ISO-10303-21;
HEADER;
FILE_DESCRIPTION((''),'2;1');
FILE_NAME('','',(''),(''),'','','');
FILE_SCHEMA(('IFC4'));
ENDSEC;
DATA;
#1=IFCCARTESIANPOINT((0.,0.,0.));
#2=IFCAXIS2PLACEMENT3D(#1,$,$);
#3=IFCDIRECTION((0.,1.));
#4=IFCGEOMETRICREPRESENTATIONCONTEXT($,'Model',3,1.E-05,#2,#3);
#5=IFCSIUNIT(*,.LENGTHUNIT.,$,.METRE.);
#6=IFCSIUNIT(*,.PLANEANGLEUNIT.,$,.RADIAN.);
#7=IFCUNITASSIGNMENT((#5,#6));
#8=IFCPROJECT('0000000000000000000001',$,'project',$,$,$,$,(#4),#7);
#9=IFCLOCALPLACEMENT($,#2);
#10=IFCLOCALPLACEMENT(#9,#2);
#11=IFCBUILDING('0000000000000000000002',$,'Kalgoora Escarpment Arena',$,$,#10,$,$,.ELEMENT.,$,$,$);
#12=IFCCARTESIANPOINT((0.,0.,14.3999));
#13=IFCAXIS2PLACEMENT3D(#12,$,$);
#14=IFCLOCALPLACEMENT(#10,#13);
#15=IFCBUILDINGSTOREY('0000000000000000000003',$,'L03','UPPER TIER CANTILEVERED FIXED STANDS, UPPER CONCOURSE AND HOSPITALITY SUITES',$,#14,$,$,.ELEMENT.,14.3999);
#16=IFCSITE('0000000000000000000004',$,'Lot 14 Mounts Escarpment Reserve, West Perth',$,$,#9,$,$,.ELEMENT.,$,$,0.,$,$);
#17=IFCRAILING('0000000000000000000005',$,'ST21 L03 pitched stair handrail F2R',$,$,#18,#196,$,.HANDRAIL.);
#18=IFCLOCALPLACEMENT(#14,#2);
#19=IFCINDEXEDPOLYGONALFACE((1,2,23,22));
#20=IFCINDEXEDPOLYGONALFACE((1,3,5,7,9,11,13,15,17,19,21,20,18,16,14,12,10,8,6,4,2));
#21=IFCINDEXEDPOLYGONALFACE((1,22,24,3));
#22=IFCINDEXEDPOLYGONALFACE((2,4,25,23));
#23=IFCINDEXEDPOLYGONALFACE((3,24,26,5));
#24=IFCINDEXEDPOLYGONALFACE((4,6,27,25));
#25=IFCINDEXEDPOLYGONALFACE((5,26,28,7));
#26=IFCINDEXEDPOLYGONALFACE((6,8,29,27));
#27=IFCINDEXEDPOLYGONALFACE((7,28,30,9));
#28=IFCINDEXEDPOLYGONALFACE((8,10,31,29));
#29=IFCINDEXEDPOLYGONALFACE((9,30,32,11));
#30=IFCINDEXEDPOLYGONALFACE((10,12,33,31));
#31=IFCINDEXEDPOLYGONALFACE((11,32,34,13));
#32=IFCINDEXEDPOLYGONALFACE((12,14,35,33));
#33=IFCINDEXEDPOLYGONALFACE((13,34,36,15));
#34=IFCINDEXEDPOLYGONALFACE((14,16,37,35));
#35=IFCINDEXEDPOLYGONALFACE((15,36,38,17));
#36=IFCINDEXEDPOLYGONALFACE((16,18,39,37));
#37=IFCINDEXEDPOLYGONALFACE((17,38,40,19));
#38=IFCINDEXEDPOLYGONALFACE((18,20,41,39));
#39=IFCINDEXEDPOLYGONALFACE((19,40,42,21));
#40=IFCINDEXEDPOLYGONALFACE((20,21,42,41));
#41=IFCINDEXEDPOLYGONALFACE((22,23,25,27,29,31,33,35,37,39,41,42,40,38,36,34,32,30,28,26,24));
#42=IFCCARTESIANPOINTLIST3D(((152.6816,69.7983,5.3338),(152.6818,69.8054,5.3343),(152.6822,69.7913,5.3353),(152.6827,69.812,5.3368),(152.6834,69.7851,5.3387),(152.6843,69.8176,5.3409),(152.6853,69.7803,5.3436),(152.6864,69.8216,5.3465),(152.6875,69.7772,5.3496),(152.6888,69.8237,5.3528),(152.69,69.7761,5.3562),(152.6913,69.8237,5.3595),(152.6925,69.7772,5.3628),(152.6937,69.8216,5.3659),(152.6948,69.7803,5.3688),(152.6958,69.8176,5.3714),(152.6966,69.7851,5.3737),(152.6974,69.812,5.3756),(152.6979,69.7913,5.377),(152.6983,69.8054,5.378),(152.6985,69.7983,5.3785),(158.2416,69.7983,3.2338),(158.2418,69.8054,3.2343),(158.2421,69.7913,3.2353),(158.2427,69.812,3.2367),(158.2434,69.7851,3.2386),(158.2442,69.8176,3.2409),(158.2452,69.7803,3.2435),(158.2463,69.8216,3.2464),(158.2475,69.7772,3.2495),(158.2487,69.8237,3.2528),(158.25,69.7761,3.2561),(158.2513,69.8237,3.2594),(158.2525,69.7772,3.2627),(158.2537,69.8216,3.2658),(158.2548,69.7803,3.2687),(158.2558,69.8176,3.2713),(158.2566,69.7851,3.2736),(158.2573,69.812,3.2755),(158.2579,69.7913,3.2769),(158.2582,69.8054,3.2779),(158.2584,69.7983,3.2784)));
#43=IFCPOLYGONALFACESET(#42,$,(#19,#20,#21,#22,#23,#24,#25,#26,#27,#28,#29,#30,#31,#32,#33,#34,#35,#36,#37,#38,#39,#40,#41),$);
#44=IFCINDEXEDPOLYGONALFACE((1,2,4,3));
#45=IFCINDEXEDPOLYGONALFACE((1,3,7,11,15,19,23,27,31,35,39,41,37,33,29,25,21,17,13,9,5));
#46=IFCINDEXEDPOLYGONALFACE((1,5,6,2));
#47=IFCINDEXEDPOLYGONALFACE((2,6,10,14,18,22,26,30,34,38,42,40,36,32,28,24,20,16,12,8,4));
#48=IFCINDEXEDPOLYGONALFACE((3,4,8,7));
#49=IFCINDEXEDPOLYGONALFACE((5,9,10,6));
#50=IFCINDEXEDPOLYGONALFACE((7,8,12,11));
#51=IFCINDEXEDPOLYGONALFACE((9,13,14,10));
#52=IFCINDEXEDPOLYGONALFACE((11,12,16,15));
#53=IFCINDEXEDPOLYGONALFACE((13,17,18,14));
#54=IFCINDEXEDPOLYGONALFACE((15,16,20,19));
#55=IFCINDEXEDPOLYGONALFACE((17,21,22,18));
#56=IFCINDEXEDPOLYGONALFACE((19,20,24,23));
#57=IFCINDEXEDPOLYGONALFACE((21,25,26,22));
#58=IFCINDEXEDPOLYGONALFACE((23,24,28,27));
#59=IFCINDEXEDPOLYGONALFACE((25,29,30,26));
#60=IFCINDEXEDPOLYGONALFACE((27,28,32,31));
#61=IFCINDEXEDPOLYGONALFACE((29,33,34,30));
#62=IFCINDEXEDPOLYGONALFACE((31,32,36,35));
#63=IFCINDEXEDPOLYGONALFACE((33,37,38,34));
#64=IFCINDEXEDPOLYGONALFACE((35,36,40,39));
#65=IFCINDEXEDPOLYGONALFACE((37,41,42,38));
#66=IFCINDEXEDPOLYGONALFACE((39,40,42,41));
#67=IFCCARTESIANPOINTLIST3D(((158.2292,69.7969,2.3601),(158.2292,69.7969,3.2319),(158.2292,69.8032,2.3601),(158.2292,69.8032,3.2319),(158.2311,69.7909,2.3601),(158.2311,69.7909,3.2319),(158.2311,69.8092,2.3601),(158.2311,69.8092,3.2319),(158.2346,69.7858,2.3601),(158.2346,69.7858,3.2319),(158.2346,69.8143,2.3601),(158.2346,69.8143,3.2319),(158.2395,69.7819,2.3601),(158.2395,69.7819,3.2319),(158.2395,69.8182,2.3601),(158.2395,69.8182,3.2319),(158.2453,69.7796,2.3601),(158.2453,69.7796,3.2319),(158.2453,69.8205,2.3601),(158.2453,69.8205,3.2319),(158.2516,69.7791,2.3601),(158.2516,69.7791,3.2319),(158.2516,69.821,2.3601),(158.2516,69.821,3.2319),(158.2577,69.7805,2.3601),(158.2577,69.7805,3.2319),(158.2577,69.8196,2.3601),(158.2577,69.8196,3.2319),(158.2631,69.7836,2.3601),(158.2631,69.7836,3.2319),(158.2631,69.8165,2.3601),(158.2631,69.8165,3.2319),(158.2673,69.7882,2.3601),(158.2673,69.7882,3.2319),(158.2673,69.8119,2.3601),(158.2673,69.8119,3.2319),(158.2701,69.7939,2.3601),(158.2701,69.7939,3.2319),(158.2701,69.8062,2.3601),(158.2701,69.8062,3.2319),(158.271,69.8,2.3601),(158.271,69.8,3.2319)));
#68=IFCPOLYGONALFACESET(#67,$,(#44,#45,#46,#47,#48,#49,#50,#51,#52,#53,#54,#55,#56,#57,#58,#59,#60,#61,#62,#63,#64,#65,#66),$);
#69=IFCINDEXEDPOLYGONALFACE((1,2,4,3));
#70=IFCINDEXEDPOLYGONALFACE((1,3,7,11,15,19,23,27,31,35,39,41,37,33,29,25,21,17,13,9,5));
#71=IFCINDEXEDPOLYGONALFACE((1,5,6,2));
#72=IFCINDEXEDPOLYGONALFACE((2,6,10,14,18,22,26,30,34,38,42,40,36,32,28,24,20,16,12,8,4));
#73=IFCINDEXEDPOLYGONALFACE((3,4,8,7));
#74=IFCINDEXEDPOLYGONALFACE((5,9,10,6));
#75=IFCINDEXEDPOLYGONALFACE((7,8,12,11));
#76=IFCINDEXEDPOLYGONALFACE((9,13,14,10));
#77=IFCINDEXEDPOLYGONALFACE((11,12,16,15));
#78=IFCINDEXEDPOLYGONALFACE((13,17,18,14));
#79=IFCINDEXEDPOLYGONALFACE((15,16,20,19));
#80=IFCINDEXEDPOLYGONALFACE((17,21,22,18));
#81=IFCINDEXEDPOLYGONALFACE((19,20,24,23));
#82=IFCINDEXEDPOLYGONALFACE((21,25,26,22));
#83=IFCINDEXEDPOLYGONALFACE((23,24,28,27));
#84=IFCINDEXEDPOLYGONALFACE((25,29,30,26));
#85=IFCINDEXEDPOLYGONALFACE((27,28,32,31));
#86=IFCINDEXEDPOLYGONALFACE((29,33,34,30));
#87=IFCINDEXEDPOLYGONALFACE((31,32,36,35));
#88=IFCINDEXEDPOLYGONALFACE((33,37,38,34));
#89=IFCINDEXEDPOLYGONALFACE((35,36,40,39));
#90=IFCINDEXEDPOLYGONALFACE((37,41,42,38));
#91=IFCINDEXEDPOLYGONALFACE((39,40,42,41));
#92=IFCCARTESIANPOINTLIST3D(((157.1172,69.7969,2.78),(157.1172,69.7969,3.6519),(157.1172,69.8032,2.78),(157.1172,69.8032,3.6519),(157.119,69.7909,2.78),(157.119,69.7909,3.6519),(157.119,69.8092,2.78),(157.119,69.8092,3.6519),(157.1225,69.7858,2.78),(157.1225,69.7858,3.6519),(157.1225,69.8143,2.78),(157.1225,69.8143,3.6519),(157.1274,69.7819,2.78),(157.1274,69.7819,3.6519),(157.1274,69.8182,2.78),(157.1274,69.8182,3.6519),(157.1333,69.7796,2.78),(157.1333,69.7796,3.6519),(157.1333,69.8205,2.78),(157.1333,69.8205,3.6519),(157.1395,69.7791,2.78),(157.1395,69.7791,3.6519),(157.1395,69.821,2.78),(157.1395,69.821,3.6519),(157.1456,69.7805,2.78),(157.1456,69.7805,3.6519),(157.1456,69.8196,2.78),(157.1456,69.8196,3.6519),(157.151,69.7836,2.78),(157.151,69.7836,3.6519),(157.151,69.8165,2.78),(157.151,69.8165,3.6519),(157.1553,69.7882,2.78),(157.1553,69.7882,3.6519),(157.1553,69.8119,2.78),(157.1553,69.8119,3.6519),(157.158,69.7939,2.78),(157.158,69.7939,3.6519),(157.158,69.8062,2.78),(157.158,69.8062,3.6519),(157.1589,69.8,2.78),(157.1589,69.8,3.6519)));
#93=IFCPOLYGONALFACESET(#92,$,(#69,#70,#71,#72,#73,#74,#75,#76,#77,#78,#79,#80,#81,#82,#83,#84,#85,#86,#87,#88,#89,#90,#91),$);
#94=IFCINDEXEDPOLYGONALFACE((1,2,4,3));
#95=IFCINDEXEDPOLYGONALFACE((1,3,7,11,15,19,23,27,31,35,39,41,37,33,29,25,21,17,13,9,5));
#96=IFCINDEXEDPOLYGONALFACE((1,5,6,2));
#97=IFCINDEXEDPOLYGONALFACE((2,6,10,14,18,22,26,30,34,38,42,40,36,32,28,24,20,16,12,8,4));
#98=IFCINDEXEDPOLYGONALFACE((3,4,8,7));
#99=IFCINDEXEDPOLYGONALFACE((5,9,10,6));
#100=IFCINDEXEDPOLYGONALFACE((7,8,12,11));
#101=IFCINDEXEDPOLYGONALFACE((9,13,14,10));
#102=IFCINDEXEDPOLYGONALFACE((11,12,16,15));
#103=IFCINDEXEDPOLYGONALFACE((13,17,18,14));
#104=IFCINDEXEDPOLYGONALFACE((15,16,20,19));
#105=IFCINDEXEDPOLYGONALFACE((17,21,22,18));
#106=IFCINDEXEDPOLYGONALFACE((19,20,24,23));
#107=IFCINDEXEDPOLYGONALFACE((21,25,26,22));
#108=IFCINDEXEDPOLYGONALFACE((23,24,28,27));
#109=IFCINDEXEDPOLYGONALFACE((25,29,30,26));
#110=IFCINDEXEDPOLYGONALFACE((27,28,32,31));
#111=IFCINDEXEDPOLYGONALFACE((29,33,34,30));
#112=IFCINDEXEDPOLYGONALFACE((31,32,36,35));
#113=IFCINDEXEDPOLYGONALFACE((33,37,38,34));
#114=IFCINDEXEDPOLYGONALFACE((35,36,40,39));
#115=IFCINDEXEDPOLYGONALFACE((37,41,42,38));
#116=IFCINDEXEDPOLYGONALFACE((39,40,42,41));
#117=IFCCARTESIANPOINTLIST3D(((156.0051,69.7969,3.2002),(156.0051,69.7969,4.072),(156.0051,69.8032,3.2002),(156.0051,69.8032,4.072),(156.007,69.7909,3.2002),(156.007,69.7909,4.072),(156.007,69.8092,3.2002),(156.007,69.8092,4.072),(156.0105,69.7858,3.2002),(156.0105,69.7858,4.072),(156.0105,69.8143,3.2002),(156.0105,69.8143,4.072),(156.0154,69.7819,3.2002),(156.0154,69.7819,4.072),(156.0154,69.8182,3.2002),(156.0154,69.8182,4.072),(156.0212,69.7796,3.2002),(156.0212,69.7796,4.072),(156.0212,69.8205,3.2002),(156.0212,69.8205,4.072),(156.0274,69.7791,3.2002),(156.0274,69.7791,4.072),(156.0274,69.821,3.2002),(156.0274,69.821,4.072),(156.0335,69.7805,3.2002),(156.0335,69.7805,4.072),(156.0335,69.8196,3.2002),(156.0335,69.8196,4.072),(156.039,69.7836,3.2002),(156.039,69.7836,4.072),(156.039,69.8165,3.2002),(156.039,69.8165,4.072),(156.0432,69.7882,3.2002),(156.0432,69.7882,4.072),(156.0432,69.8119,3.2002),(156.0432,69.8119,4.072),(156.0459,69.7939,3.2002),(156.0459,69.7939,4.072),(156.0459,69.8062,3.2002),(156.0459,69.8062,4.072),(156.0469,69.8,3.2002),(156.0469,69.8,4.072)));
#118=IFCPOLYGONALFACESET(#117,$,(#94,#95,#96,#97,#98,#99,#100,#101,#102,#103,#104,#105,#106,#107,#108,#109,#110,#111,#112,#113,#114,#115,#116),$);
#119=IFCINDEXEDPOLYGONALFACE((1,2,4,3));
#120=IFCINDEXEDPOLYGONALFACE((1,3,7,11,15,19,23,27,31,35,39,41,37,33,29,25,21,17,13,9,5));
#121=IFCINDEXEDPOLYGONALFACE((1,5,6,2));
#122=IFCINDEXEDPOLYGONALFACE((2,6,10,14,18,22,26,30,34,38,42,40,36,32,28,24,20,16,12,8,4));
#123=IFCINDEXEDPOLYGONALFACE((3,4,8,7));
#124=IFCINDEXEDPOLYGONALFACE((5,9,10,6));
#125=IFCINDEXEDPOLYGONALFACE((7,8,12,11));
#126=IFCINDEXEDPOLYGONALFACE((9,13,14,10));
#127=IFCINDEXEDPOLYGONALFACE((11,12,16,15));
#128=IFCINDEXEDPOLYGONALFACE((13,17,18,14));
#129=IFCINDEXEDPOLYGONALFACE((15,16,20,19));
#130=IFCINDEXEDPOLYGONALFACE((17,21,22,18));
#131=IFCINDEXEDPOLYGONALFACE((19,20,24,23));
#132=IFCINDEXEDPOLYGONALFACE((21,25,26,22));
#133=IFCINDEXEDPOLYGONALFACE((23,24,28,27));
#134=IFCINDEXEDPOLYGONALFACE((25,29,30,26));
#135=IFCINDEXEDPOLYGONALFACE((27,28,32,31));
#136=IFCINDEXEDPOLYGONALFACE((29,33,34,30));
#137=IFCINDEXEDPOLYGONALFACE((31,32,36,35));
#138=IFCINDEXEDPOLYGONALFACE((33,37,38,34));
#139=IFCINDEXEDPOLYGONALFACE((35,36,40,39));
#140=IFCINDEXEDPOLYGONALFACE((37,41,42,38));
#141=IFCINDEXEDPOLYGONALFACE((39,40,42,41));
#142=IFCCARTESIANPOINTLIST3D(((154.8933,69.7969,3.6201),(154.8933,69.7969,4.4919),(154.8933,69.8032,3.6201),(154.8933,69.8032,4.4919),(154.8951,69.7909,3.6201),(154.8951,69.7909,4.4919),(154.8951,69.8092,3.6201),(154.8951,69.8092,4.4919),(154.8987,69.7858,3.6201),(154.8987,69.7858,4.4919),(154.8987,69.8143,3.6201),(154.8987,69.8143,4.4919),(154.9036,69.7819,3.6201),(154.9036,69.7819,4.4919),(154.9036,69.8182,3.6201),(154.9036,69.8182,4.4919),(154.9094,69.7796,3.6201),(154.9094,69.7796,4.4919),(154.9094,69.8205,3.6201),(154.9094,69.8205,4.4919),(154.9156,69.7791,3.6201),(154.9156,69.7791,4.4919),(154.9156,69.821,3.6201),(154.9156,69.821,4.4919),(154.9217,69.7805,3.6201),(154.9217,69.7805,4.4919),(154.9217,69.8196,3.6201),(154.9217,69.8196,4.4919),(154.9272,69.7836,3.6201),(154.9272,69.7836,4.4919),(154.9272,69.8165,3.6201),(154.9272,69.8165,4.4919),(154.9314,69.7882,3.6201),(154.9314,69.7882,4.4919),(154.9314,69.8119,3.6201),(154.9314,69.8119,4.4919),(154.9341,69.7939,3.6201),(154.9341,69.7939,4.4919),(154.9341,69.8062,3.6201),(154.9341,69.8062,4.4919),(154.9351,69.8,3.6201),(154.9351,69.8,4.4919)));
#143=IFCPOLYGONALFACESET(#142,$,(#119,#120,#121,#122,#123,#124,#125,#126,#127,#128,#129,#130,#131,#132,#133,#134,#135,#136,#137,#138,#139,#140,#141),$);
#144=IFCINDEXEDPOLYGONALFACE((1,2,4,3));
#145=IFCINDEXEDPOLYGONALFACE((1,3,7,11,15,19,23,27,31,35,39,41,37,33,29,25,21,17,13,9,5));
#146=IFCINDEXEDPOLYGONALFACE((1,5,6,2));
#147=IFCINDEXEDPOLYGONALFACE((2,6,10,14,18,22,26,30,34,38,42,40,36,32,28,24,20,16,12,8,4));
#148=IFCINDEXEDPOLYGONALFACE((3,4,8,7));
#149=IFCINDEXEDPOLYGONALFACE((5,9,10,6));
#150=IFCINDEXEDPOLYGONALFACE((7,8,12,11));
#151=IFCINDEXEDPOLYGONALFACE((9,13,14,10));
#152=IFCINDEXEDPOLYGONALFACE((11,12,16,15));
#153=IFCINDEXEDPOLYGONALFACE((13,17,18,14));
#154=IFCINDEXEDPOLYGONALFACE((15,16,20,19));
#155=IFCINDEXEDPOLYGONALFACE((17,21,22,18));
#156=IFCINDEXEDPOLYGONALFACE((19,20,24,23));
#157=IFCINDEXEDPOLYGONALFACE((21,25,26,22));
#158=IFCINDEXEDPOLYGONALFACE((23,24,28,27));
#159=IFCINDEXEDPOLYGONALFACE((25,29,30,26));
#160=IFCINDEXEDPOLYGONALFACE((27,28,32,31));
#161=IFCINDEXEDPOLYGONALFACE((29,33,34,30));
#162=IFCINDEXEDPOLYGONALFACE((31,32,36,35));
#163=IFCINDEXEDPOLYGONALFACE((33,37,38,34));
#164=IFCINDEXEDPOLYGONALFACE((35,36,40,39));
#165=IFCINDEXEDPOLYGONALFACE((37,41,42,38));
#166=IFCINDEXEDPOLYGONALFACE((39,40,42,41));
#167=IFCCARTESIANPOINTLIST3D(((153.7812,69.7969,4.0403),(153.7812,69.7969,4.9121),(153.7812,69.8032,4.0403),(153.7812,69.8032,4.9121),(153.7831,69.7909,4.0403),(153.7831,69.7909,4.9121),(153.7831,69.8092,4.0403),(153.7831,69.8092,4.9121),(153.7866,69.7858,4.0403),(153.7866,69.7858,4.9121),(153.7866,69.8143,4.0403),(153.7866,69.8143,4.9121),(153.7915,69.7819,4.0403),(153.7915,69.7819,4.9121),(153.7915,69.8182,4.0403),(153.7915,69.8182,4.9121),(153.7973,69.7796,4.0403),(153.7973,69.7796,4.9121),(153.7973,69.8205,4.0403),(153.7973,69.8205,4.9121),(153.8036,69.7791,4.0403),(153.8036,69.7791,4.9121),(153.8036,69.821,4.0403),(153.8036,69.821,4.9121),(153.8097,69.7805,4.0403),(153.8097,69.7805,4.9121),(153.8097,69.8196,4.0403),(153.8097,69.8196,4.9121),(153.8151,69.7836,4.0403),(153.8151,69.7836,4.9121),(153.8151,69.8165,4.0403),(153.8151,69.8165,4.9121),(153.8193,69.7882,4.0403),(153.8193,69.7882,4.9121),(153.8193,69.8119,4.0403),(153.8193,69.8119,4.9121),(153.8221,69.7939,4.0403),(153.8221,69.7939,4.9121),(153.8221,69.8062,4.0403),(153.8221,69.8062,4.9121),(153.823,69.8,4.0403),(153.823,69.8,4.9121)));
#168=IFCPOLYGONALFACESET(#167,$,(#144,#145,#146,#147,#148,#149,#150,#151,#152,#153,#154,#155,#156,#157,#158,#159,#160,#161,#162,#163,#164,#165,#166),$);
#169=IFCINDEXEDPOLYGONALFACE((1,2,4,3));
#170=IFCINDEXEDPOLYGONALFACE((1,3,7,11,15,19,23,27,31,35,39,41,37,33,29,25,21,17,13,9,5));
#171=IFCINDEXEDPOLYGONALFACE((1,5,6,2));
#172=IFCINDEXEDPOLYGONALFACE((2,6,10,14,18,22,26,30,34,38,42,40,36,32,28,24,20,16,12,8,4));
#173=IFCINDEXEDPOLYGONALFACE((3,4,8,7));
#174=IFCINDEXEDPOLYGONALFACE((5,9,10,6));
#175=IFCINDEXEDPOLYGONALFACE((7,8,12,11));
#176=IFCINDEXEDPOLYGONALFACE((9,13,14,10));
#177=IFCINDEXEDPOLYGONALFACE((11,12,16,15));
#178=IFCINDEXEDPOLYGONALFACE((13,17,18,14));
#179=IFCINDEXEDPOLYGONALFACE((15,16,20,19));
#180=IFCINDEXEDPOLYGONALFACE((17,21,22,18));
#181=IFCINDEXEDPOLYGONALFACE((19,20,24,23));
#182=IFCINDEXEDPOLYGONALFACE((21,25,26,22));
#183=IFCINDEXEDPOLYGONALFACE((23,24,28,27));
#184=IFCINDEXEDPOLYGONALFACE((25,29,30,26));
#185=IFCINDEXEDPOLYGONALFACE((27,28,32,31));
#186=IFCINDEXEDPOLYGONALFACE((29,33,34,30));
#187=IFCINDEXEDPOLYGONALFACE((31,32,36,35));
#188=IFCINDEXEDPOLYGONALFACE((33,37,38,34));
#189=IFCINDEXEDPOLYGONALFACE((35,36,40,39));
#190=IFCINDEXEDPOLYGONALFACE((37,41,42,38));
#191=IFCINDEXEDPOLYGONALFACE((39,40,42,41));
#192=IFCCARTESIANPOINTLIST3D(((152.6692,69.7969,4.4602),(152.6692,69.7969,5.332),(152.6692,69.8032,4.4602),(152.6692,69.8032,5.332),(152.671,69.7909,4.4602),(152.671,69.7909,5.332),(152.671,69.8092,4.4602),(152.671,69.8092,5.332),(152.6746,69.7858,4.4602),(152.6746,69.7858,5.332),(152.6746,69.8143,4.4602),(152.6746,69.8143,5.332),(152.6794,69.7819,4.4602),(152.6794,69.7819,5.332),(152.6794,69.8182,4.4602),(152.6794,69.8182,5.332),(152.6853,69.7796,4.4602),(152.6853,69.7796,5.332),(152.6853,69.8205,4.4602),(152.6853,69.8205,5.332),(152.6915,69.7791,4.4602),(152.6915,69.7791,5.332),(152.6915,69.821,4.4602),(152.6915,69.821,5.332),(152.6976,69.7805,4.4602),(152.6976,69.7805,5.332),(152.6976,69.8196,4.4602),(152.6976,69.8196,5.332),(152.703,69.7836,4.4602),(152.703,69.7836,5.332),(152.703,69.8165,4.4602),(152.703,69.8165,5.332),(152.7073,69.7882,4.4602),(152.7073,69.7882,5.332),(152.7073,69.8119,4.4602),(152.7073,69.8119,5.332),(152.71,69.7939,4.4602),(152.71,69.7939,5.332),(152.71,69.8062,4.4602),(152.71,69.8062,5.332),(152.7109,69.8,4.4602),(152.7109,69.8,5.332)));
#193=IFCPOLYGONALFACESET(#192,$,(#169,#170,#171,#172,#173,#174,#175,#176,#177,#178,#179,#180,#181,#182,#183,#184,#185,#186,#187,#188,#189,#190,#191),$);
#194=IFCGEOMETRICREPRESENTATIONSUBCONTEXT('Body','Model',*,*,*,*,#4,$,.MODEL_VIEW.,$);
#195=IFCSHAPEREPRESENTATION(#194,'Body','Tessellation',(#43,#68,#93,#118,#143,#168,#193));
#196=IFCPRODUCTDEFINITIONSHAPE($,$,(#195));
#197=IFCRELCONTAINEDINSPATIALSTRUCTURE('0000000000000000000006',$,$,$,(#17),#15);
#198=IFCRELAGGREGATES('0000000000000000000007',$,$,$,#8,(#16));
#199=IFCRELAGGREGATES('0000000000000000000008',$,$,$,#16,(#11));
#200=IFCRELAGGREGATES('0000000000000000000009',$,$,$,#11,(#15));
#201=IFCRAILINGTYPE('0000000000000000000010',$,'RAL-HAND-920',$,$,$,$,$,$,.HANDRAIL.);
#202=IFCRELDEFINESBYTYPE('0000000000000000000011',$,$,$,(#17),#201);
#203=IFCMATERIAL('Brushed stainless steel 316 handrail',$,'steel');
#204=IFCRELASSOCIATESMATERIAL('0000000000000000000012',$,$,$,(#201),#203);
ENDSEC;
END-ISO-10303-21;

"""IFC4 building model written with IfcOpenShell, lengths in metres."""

from ifc_helpers import new_model, si_unit, direction, frame, origin, origin_2d, place, context, subcontext, project, spatial, circle, extrude, material, type_object, element, save


model = new_model("IFC4")

# Units and contexts
model_context = context("Model", 3, precision=1e-05, world=origin(), true_north=direction((0.0, 1.0)))
body_context = subcontext(model_context, "Body", "Model", "MODEL_VIEW")
ifc_project = project(units=[si_unit("LENGTHUNIT", "METRE"), si_unit("PLANEANGLEUNIT", "RADIAN")], contexts=[model_context])

# Site, building, storey
site_placement = place(None, origin())
site = spatial("IfcSite", under=ifc_project, at=site_placement, Name="Lot 14 Mounts Escarpment Reserve, West Perth", CompositionType="ELEMENT", RefElevation=0.0)
building_placement = place(site_placement, origin())
building = spatial("IfcBuilding", under=site, at=building_placement, Name="Kalgoora Escarpment Arena", CompositionType="ELEMENT")
storey_placement = place(building_placement, frame((0.0, 0.0, 14.3999)))
storey = spatial("IfcBuildingStorey", under=building, at=storey_placement, Name="L03", Description="UPPER TIER CANTILEVERED FIXED STANDS, UPPER CONCOURSE AND HOSPITALITY SUITES", CompositionType="ELEMENT", Elevation=14.3999)

# Railing
ifc_material_1 = material(Name="Brushed stainless steel 316 handrail", Category="steel")
railing_type_1 = type_object("IfcRailingType", Name="RAL-HAND-920", PredefinedType="HANDRAIL", material=ifc_material_1)
for number, where, name in (
    (1, (158.25, 69.8, 2.3601), "ST21 L03 pitched stair handrail F2R"),
):
    element("IfcRailing", number, at=place(storey_placement, frame(where)), inside=storey, type_object=railing_type_1, Name=name, PredefinedType="HANDRAIL", context=body_context, shape_type="SweptSolid", body=[
        extrude(circle(Radius=0.0239, at=origin_2d()), frame((0.0, 0.0, 0.896), z_axis=(-0.935493, 0.0, 0.353346), x_axis=(0.0, -1.0, 0.0)), (0.0, 0.0, 1.0), 5.9434),
        extrude(circle(Radius=0.021, at=origin_2d()), origin(), (0.0, 0.0, 1.0), 0.8718),
        extrude(circle(Radius=0.021, at=origin_2d()), frame((-1.1121, 0.0, 0.4199)), (0.0, 0.0, 1.0), 0.8718),
        extrude(circle(Radius=0.021, at=origin_2d()), frame((-2.2241, 0.0, 0.8401)), (0.0, 0.0, 1.0), 0.8718),
        extrude(circle(Radius=0.021, at=origin_2d()), frame((-3.3359, 0.0, 1.26)), (0.0, 0.0, 1.0), 0.8718),
        extrude(circle(Radius=0.021, at=origin_2d()), frame((-4.448, 0.0, 1.6802)), (0.0, 0.0, 1.0), 0.8718),
        extrude(circle(Radius=0.021, at=origin_2d()), frame((-5.5601, 0.0, 2.1001)), (0.0, 0.0, 1.0), 0.8718),
    ])

save(model, "model.ifc")
